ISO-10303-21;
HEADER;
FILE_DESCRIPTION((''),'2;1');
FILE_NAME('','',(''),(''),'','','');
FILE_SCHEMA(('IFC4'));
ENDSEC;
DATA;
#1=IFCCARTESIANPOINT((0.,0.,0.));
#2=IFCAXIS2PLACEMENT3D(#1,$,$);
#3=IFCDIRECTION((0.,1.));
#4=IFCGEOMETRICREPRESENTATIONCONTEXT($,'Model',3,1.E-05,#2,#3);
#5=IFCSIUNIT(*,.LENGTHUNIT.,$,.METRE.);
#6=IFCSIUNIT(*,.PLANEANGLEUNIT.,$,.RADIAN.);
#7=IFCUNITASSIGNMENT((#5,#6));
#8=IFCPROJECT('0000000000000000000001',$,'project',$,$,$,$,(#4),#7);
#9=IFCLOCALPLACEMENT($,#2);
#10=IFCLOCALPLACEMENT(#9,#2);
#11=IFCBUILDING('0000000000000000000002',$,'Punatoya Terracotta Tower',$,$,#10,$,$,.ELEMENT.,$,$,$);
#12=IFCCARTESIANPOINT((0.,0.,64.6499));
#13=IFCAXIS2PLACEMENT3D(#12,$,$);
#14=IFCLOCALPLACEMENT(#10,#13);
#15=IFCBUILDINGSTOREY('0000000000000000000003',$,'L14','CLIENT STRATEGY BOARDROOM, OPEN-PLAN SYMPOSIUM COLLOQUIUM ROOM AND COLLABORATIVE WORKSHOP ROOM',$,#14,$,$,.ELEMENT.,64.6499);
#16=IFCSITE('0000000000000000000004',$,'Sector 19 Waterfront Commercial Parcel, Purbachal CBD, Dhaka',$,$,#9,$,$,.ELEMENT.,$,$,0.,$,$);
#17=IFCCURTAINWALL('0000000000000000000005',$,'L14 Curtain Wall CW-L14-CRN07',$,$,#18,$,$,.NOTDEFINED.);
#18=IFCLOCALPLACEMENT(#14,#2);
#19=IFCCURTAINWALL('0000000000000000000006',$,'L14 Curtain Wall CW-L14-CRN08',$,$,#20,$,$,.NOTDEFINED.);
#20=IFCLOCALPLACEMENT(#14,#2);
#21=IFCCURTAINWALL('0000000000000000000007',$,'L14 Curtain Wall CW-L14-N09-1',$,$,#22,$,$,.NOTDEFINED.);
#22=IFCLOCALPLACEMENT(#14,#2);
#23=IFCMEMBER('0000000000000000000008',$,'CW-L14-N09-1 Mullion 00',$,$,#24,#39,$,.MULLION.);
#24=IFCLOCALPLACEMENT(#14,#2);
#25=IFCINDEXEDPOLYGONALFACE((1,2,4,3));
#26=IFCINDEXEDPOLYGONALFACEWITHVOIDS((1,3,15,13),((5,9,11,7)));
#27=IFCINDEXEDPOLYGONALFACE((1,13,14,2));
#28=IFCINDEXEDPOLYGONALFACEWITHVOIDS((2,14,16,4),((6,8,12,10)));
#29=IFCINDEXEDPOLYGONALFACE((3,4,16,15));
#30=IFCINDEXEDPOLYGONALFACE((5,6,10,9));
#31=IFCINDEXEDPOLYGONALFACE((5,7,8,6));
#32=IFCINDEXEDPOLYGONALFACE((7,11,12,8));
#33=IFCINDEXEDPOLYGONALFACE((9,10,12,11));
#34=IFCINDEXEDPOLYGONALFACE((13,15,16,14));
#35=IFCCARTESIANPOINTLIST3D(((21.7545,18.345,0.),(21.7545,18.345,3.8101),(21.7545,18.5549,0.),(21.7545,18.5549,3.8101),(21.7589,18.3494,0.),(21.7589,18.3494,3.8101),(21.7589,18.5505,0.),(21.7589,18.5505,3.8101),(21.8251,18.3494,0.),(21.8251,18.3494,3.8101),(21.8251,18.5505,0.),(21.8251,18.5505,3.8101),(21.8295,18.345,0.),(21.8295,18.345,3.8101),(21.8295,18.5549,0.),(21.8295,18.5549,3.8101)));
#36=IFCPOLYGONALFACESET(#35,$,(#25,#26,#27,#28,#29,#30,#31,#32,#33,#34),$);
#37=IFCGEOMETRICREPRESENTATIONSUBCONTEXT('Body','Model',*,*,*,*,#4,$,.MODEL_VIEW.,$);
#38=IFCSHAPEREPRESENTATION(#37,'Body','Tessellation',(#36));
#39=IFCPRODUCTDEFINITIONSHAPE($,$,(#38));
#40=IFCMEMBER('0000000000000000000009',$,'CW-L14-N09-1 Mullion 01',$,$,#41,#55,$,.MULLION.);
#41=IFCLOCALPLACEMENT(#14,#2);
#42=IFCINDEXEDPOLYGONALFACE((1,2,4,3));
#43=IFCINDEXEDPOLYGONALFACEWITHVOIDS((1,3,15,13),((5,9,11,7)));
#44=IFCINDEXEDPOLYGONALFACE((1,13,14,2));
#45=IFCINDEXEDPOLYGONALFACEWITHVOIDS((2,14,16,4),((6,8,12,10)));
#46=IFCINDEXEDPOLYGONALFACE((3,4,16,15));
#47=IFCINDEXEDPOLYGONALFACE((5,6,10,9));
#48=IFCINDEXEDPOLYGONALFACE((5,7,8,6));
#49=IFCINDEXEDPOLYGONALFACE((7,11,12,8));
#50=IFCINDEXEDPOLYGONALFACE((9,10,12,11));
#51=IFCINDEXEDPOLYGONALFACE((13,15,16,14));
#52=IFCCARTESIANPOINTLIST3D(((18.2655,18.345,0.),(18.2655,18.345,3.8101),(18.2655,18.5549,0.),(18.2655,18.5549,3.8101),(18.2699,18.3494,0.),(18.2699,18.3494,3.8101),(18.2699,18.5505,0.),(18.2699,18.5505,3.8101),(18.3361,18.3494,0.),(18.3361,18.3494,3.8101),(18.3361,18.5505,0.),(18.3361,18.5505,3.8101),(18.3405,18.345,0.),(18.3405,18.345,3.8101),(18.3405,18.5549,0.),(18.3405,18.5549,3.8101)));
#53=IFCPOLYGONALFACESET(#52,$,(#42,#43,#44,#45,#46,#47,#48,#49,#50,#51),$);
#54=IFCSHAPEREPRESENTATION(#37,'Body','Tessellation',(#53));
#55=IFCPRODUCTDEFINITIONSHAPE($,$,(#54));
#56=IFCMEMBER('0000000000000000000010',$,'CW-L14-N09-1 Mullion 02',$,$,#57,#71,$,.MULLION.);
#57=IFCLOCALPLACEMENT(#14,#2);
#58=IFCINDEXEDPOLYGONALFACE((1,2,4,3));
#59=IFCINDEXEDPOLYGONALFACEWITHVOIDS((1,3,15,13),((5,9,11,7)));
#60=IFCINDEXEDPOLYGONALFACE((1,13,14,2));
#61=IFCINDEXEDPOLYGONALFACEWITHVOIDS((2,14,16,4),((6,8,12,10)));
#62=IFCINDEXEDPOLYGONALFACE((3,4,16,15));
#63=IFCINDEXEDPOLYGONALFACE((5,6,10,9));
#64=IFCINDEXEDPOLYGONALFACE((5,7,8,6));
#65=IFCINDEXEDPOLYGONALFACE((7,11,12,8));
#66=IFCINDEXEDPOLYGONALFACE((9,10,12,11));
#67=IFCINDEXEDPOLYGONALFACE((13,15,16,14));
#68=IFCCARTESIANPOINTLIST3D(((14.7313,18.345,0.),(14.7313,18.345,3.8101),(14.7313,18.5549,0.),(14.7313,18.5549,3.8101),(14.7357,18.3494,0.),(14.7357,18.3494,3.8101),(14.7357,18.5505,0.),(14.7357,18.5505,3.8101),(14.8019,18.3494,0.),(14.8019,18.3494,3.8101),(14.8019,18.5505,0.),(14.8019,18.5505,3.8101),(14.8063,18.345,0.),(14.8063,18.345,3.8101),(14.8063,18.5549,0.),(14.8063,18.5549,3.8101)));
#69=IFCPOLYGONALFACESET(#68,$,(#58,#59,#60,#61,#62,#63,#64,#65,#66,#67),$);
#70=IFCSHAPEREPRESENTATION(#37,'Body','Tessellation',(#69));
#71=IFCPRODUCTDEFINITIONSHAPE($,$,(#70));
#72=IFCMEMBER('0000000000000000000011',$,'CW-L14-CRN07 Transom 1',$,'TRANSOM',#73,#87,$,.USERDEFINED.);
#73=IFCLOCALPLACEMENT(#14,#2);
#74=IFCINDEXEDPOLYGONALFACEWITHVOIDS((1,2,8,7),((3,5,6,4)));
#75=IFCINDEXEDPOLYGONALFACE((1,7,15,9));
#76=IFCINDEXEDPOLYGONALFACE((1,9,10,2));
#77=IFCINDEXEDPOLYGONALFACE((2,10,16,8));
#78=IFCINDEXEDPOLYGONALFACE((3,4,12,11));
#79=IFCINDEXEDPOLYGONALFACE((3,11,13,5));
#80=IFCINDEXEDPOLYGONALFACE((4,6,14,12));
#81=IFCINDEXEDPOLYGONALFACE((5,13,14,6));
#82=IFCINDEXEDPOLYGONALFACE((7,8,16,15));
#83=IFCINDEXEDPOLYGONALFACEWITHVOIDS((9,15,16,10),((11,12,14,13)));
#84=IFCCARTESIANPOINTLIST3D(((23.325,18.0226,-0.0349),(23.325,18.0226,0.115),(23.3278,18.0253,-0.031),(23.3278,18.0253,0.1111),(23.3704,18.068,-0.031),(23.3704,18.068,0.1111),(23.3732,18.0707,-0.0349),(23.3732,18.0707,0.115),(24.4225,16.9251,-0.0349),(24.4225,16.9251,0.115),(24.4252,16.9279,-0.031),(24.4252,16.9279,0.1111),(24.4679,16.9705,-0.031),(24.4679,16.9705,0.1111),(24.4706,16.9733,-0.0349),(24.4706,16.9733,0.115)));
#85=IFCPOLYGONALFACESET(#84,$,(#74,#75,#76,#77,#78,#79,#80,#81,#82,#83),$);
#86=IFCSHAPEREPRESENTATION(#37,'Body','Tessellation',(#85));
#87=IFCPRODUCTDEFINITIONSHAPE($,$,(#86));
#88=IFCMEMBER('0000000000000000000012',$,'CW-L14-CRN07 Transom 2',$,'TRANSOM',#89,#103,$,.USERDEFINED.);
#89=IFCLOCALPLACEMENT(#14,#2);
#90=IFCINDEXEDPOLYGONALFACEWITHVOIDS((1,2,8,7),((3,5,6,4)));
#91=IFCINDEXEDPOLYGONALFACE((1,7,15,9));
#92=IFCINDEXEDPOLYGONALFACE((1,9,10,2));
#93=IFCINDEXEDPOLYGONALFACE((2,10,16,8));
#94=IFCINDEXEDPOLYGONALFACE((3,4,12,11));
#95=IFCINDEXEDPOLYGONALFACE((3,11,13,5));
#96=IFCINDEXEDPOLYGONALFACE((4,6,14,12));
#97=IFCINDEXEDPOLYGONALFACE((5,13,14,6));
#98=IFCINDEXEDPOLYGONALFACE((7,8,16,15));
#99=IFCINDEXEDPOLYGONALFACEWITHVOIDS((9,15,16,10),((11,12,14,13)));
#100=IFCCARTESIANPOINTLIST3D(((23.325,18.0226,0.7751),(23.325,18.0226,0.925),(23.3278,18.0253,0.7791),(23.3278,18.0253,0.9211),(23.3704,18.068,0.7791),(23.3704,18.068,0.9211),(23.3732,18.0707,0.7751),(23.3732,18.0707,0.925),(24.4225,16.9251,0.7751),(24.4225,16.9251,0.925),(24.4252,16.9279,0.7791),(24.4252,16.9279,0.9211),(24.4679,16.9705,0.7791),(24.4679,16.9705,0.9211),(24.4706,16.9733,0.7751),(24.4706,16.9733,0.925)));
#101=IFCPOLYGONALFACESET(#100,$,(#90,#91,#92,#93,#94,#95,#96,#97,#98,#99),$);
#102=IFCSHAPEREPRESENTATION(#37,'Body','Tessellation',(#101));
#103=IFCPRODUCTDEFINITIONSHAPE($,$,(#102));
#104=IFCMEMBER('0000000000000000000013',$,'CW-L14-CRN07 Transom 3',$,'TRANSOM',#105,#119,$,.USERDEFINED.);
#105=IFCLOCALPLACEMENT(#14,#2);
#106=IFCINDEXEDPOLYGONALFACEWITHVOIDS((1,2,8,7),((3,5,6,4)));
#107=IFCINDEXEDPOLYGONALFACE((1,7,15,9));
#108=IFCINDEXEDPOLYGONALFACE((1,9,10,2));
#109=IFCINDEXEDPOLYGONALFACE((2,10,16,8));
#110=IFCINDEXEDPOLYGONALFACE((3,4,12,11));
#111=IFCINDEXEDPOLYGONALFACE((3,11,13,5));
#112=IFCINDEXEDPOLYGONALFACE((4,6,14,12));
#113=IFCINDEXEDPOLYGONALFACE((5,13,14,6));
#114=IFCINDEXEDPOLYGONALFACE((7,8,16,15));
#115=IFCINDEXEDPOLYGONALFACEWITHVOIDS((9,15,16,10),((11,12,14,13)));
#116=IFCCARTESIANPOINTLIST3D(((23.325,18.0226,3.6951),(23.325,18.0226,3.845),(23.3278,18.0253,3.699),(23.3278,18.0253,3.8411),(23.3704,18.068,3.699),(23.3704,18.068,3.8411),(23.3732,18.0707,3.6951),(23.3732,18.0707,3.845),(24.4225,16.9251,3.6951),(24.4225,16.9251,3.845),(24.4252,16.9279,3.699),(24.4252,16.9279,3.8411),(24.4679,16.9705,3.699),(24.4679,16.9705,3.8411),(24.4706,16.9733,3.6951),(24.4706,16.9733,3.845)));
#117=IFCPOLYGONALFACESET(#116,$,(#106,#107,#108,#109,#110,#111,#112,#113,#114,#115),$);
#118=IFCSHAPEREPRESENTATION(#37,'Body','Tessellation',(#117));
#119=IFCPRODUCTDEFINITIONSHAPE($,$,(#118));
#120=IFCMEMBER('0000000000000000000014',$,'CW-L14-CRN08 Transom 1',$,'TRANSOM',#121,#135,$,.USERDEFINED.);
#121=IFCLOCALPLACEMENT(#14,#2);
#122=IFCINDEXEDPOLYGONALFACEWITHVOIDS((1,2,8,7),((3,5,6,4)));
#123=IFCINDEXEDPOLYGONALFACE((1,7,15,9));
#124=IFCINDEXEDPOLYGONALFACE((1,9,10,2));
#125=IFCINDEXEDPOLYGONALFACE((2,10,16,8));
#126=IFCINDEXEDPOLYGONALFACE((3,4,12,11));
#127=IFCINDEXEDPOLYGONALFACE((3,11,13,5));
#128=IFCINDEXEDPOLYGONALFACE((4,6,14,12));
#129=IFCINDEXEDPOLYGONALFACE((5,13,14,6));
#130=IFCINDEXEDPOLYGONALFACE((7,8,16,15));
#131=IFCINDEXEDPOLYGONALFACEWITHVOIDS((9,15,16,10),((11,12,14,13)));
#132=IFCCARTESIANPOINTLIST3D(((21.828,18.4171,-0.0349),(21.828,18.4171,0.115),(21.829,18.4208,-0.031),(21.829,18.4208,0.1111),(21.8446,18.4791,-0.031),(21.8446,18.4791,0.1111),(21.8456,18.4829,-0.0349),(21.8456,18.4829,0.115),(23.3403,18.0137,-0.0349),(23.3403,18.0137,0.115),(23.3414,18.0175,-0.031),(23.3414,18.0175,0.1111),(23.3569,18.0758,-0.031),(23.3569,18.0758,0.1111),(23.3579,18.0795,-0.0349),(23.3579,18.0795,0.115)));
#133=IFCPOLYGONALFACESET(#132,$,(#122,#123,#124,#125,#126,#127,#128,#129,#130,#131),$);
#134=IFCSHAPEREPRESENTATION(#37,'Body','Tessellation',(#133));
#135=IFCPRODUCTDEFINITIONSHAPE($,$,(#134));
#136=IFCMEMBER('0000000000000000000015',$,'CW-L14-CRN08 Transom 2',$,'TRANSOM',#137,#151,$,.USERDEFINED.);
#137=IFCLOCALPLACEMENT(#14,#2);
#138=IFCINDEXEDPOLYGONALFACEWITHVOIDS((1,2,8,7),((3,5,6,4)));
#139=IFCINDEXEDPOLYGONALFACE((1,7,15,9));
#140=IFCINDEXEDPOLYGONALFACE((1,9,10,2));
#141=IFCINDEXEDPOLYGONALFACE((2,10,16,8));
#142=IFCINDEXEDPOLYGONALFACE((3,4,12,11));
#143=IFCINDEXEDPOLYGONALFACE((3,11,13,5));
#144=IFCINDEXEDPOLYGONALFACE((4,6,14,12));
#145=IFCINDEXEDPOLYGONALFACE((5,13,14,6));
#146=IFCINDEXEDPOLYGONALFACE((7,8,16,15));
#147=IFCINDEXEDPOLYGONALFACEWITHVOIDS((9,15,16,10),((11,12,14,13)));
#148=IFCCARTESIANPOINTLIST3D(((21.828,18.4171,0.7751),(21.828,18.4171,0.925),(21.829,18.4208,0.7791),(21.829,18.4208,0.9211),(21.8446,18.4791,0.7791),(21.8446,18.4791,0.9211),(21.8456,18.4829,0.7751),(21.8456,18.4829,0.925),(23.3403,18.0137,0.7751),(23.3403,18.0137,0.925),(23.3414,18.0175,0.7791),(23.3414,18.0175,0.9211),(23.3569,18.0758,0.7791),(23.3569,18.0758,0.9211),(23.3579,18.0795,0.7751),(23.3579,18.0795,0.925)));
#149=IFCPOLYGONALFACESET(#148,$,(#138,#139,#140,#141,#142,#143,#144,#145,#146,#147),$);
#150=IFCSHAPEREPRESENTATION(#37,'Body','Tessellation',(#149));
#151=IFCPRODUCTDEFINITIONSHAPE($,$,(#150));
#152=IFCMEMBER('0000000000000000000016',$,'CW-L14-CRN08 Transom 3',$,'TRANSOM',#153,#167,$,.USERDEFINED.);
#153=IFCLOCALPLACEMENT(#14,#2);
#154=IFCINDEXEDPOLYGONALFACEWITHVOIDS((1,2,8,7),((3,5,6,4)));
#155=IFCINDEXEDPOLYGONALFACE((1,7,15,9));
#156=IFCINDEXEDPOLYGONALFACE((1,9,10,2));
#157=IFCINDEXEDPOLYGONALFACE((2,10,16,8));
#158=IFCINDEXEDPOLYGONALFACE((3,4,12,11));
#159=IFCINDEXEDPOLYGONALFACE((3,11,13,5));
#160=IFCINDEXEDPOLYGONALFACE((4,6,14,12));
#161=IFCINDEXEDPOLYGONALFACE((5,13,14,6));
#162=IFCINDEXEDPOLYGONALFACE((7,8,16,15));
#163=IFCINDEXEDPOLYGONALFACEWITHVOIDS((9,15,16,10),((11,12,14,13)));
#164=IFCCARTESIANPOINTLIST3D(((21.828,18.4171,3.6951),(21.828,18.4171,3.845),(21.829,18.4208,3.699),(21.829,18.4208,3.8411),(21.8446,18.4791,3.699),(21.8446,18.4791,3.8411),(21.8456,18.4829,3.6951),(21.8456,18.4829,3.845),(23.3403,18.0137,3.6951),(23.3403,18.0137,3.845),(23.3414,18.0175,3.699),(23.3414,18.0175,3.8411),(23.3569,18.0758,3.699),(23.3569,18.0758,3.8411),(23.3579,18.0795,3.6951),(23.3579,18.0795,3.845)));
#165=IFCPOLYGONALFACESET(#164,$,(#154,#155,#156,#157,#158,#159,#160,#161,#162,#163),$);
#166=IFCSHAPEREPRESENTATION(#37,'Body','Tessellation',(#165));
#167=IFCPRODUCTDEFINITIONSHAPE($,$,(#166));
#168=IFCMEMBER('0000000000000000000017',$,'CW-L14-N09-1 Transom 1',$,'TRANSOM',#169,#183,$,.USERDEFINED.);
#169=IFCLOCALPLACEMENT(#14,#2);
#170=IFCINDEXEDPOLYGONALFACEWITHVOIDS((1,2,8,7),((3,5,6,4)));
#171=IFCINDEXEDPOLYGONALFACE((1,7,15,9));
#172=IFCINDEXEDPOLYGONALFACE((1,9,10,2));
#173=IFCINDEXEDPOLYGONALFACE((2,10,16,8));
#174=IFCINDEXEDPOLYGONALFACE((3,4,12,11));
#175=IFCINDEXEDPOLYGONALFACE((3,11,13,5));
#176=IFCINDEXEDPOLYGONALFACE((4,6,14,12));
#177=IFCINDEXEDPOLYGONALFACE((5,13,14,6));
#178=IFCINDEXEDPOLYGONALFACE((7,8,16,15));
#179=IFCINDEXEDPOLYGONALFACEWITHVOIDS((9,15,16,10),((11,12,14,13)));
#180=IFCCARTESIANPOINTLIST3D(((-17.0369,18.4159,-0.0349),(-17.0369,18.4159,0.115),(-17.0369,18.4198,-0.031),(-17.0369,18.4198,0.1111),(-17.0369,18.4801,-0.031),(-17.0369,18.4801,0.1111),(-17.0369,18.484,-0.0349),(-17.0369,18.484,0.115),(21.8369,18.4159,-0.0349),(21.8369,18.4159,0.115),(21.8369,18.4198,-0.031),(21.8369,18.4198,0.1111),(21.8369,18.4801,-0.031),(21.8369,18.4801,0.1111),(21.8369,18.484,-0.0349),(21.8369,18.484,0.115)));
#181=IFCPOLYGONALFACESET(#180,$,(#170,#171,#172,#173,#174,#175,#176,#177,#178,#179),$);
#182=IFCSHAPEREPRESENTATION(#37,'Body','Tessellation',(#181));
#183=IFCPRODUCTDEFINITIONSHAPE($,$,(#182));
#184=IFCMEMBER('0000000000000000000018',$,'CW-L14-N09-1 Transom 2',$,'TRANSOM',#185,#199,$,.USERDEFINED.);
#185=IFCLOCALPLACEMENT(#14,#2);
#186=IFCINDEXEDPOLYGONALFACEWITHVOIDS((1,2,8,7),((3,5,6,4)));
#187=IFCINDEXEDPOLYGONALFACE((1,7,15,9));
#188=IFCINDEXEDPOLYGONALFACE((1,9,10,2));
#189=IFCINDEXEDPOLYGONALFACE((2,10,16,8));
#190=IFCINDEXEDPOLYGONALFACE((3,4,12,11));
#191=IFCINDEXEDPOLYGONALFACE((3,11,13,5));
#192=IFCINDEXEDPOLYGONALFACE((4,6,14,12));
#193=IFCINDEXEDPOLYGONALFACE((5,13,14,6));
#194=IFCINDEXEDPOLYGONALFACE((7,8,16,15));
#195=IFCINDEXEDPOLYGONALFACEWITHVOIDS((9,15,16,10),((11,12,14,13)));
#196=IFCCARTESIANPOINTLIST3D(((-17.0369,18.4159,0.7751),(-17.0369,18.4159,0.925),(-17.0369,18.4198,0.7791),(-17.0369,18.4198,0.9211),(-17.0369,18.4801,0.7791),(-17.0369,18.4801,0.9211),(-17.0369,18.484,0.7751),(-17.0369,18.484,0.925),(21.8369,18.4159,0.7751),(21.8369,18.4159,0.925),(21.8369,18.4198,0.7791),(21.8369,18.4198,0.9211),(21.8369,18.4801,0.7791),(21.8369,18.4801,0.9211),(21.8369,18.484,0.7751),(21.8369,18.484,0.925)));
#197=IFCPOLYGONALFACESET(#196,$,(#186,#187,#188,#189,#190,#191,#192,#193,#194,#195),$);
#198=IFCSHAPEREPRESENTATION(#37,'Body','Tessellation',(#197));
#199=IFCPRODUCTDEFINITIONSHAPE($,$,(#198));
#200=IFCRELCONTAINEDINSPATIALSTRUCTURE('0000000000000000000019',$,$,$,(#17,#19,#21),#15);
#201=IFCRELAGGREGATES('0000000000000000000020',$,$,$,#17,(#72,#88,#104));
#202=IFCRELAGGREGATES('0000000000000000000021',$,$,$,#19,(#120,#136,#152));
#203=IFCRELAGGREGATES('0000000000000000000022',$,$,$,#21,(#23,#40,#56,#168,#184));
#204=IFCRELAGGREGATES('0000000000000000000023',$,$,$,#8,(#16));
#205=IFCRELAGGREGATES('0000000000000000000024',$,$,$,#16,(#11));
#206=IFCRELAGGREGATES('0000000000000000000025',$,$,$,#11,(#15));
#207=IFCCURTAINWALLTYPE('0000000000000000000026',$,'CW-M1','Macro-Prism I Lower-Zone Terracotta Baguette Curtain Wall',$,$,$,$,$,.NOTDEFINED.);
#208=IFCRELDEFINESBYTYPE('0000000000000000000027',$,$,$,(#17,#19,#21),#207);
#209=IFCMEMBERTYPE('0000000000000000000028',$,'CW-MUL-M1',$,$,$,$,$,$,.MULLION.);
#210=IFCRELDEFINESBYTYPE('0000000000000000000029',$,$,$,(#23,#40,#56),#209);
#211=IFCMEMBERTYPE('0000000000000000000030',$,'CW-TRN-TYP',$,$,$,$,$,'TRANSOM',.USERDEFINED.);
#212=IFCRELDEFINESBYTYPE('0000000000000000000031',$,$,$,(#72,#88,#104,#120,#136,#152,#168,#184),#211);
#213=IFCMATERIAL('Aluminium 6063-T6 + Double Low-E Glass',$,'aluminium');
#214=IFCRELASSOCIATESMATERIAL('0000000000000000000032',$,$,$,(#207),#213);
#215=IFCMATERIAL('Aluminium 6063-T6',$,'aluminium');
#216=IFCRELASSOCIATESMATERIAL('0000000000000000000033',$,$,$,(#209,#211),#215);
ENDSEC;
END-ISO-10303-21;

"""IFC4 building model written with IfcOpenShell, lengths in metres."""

from ifc_helpers import new_model, si_unit, direction, frame, origin, origin_2d, place, context, subcontext, project, spatial, hollow_rectangle, extrude, material, material_profile, profile_set, type_object, element, aggregate, save


model = new_model("IFC4")

# Units and contexts
model_context = context("Model", 3, precision=1e-05, world=origin(), true_north=direction((0.0, 1.0)))
body_context = subcontext(model_context, "Body", "Model", "MODEL_VIEW")
ifc_project = project(units=[si_unit("LENGTHUNIT", "METRE"), si_unit("PLANEANGLEUNIT", "RADIAN")], contexts=[model_context])

# Site, building, storey
site_placement = place(None, origin())
site = spatial("IfcSite", under=ifc_project, at=site_placement, Name="Sector 19 Waterfront Commercial Parcel, Purbachal CBD, Dhaka", CompositionType="ELEMENT", RefElevation=0.0)
building_placement = place(site_placement, origin())
building = spatial("IfcBuilding", under=site, at=building_placement, Name="Punatoya Terracotta Tower", CompositionType="ELEMENT")
storey_placement = place(building_placement, frame((0.0, 0.0, 64.6499)))
storey = spatial("IfcBuildingStorey", under=building, at=storey_placement, Name="L14", Description="CLIENT STRATEGY BOARDROOM, OPEN-PLAN SYMPOSIUM COLLOQUIUM ROOM AND COLLABORATIVE WORKSHOP ROOM", CompositionType="ELEMENT", Elevation=64.6499)

# Curtain walls, members
ifc_material_1 = material(Name="Aluminium 6063-T6 + Double Low-E Glass", Category="aluminium")
curtain_wall_type = type_object("IfcCurtainWallType", Name="CW-M1", Description="Macro-Prism I Lower-Zone Terracotta Baguette Curtain Wall", PredefinedType="NOTDEFINED", material=ifc_material_1)
curtain_wall_1_placement = place(storey_placement, origin())
curtain_wall_1 = element("IfcCurtainWall", 1, at=curtain_wall_1_placement, inside=storey, type_object=curtain_wall_type, Name="L14 Curtain Wall CW-L14-CRN07", PredefinedType="NOTDEFINED")
ifc_material_2 = material(Name="Aluminium 6063-T6", Category="aluminium")
ifc_material_profile_1 = material_profile(ifc_material_2, hollow_rectangle(XDim=0.075, YDim=0.21, WallThickness=0.0044, at=origin_2d()))
ifc_profile_set_1 = profile_set([ifc_material_profile_1], Name="Aluminium 6063-T6")
member_type_1 = type_object("IfcMemberType", Name="CW-MUL-M1", PredefinedType="MULLION", material=ifc_profile_set_1)
curtain_wall_2_placement = place(storey_placement, origin())
curtain_wall_2 = element("IfcCurtainWall", 2, at=curtain_wall_2_placement, inside=storey, type_object=curtain_wall_type, Name="L14 Curtain Wall CW-L14-CRN08", PredefinedType="NOTDEFINED")
curtain_wall_3_placement = place(storey_placement, origin())
curtain_wall_3 = element("IfcCurtainWall", 3, at=curtain_wall_3_placement, inside=storey, type_object=curtain_wall_type, Name="L14 Curtain Wall CW-L14-N09-1", PredefinedType="NOTDEFINED")
member_1_placement = place(storey_placement, frame((21.792, 18.45, 0.0), z_axis=(0.0, 0.0, 1.0), x_axis=(1.0, 0.0, 0.0)))
member_1 = element("IfcMember", 4, at=member_1_placement, type_object=member_type_1, Name="CW-L14-N09-1 Mullion 00", PredefinedType="MULLION", context=body_context, shape_type="SweptSolid", body=[
    extrude(hollow_rectangle(XDim=0.075, YDim=0.21, WallThickness=0.0044, at=origin_2d()), origin(), (0.0, 0.0, 1.0), 3.8101),
])
member_2_placement = place(storey_placement, frame((18.303, 18.45, 0.0), z_axis=(0.0, 0.0, 1.0), x_axis=(1.0, 0.0, 0.0)))
member_2 = element("IfcMember", 5, at=member_2_placement, type_object=member_type_1, Name="CW-L14-N09-1 Mullion 01", PredefinedType="MULLION", context=body_context, shape_type="SweptSolid", body=[
    extrude(hollow_rectangle(XDim=0.075, YDim=0.21, WallThickness=0.0044, at=origin_2d()), origin(), (0.0, 0.0, 1.0), 3.8101),
])
member_3_placement = place(storey_placement, frame((14.7688, 18.45, 0.0), z_axis=(0.0, 0.0, 1.0), x_axis=(1.0, 0.0, 0.0)))
member_3 = element("IfcMember", 6, at=member_3_placement, type_object=member_type_1, Name="CW-L14-N09-1 Mullion 02", PredefinedType="MULLION", context=body_context, shape_type="SweptSolid", body=[
    extrude(hollow_rectangle(XDim=0.075, YDim=0.21, WallThickness=0.0044, at=origin_2d()), origin(), (0.0, 0.0, 1.0), 3.8101),
])

# Members
ifc_material_profile_2 = material_profile(ifc_material_2, hollow_rectangle(XDim=0.0681, YDim=0.1499, WallThickness=0.0039, at=origin_2d()))
ifc_profile_set_2 = profile_set([ifc_material_profile_2], Name="Aluminium 6063-T6")
member_type_2 = type_object("IfcMemberType", Name="CW-TRN-TYP", ElementType="TRANSOM", PredefinedType="USERDEFINED", material=ifc_profile_set_2)
member_4_placement = place(storey_placement, frame((24.4465, 16.9492, 0.04), z_axis=(-0.707107, 0.707107, 0.0), x_axis=(-0.707107, -0.707107, 0.0)))
member_4 = element("IfcMember", 7, at=member_4_placement, type_object=member_type_2, Name="CW-L14-CRN07 Transom 1", ObjectType="TRANSOM", PredefinedType="USERDEFINED", context=body_context, shape_type="SweptSolid", body=[
    extrude(hollow_rectangle(XDim=0.0681, YDim=0.1499, WallThickness=0.0039, at=origin_2d()), origin(), (0.0, 0.0, 1.0), 1.552),
])
member_5_placement = place(storey_placement, frame((24.4465, 16.9492, 0.8501), z_axis=(-0.707107, 0.707107, 0.0), x_axis=(-0.707107, -0.707107, 0.0)))
member_5 = element("IfcMember", 8, at=member_5_placement, type_object=member_type_2, Name="CW-L14-CRN07 Transom 2", ObjectType="TRANSOM", PredefinedType="USERDEFINED", context=body_context, shape_type="SweptSolid", body=[
    extrude(hollow_rectangle(XDim=0.0681, YDim=0.1499, WallThickness=0.0039, at=origin_2d()), origin(), (0.0, 0.0, 1.0), 1.552),
])
member_6_placement = place(storey_placement, frame((24.4465, 16.9492, 3.77), z_axis=(-0.707107, 0.707107, 0.0), x_axis=(-0.707107, -0.707107, 0.0)))
member_6 = element("IfcMember", 9, at=member_6_placement, type_object=member_type_2, Name="CW-L14-CRN07 Transom 3", ObjectType="TRANSOM", PredefinedType="USERDEFINED", context=body_context, shape_type="SweptSolid", body=[
    extrude(hollow_rectangle(XDim=0.0681, YDim=0.1499, WallThickness=0.0039, at=origin_2d()), origin(), (0.0, 0.0, 1.0), 1.552),
])
member_7_placement = place(storey_placement, frame((23.3491, 18.0466, 0.04), z_axis=(-0.966225, 0.257701, 0.0), x_axis=(-0.257701, -0.966225, 0.0)))
member_7 = element("IfcMember", 10, at=member_7_placement, type_object=member_type_2, Name="CW-L14-CRN08 Transom 1", ObjectType="TRANSOM", PredefinedType="USERDEFINED", context=body_context, shape_type="SweptSolid", body=[
    extrude(hollow_rectangle(XDim=0.0681, YDim=0.1499, WallThickness=0.0039, at=origin_2d()), origin(), (0.0, 0.0, 1.0), 1.5652),
])
member_8_placement = place(storey_placement, frame((23.3491, 18.0466, 0.8501), z_axis=(-0.966225, 0.257701, 0.0), x_axis=(-0.257701, -0.966225, 0.0)))
member_8 = element("IfcMember", 11, at=member_8_placement, type_object=member_type_2, Name="CW-L14-CRN08 Transom 2", ObjectType="TRANSOM", PredefinedType="USERDEFINED", context=body_context, shape_type="SweptSolid", body=[
    extrude(hollow_rectangle(XDim=0.0681, YDim=0.1499, WallThickness=0.0039, at=origin_2d()), origin(), (0.0, 0.0, 1.0), 1.5652),
])
member_9_placement = place(storey_placement, frame((23.3491, 18.0466, 3.77), z_axis=(-0.966225, 0.257701, 0.0), x_axis=(-0.257701, -0.966225, 0.0)))
member_9 = element("IfcMember", 12, at=member_9_placement, type_object=member_type_2, Name="CW-L14-CRN08 Transom 3", ObjectType="TRANSOM", PredefinedType="USERDEFINED", context=body_context, shape_type="SweptSolid", body=[
    extrude(hollow_rectangle(XDim=0.0681, YDim=0.1499, WallThickness=0.0039, at=origin_2d()), origin(), (0.0, 0.0, 1.0), 1.5652),
])
member_10_placement = place(storey_placement, frame((21.8369, 18.45, 0.04), z_axis=(-1.0, 0.0, 0.0), x_axis=(0.0, -1.0, 0.0)))
member_10 = element("IfcMember", 13, at=member_10_placement, type_object=member_type_2, Name="CW-L14-N09-1 Transom 1", ObjectType="TRANSOM", PredefinedType="USERDEFINED", context=body_context, shape_type="SweptSolid", body=[
    extrude(hollow_rectangle(XDim=0.0681, YDim=0.1499, WallThickness=0.0039, at=origin_2d()), origin(), (0.0, 0.0, 1.0), 38.8738),
])
member_11_placement = place(storey_placement, frame((21.8369, 18.45, 0.8501), z_axis=(-1.0, 0.0, 0.0), x_axis=(0.0, -1.0, 0.0)))
member_11 = element("IfcMember", 14, at=member_11_placement, type_object=member_type_2, Name="CW-L14-N09-1 Transom 2", ObjectType="TRANSOM", PredefinedType="USERDEFINED", context=body_context, shape_type="SweptSolid", body=[
    extrude(hollow_rectangle(XDim=0.0681, YDim=0.1499, WallThickness=0.0039, at=origin_2d()), origin(), (0.0, 0.0, 1.0), 38.8738),
])

aggregate(curtain_wall_1, [member_4, member_5, member_6])
aggregate(curtain_wall_2, [member_7, member_8, member_9])
aggregate(curtain_wall_3, [member_1, member_2, member_3, member_10, member_11])

save(model, "model.ifc")
